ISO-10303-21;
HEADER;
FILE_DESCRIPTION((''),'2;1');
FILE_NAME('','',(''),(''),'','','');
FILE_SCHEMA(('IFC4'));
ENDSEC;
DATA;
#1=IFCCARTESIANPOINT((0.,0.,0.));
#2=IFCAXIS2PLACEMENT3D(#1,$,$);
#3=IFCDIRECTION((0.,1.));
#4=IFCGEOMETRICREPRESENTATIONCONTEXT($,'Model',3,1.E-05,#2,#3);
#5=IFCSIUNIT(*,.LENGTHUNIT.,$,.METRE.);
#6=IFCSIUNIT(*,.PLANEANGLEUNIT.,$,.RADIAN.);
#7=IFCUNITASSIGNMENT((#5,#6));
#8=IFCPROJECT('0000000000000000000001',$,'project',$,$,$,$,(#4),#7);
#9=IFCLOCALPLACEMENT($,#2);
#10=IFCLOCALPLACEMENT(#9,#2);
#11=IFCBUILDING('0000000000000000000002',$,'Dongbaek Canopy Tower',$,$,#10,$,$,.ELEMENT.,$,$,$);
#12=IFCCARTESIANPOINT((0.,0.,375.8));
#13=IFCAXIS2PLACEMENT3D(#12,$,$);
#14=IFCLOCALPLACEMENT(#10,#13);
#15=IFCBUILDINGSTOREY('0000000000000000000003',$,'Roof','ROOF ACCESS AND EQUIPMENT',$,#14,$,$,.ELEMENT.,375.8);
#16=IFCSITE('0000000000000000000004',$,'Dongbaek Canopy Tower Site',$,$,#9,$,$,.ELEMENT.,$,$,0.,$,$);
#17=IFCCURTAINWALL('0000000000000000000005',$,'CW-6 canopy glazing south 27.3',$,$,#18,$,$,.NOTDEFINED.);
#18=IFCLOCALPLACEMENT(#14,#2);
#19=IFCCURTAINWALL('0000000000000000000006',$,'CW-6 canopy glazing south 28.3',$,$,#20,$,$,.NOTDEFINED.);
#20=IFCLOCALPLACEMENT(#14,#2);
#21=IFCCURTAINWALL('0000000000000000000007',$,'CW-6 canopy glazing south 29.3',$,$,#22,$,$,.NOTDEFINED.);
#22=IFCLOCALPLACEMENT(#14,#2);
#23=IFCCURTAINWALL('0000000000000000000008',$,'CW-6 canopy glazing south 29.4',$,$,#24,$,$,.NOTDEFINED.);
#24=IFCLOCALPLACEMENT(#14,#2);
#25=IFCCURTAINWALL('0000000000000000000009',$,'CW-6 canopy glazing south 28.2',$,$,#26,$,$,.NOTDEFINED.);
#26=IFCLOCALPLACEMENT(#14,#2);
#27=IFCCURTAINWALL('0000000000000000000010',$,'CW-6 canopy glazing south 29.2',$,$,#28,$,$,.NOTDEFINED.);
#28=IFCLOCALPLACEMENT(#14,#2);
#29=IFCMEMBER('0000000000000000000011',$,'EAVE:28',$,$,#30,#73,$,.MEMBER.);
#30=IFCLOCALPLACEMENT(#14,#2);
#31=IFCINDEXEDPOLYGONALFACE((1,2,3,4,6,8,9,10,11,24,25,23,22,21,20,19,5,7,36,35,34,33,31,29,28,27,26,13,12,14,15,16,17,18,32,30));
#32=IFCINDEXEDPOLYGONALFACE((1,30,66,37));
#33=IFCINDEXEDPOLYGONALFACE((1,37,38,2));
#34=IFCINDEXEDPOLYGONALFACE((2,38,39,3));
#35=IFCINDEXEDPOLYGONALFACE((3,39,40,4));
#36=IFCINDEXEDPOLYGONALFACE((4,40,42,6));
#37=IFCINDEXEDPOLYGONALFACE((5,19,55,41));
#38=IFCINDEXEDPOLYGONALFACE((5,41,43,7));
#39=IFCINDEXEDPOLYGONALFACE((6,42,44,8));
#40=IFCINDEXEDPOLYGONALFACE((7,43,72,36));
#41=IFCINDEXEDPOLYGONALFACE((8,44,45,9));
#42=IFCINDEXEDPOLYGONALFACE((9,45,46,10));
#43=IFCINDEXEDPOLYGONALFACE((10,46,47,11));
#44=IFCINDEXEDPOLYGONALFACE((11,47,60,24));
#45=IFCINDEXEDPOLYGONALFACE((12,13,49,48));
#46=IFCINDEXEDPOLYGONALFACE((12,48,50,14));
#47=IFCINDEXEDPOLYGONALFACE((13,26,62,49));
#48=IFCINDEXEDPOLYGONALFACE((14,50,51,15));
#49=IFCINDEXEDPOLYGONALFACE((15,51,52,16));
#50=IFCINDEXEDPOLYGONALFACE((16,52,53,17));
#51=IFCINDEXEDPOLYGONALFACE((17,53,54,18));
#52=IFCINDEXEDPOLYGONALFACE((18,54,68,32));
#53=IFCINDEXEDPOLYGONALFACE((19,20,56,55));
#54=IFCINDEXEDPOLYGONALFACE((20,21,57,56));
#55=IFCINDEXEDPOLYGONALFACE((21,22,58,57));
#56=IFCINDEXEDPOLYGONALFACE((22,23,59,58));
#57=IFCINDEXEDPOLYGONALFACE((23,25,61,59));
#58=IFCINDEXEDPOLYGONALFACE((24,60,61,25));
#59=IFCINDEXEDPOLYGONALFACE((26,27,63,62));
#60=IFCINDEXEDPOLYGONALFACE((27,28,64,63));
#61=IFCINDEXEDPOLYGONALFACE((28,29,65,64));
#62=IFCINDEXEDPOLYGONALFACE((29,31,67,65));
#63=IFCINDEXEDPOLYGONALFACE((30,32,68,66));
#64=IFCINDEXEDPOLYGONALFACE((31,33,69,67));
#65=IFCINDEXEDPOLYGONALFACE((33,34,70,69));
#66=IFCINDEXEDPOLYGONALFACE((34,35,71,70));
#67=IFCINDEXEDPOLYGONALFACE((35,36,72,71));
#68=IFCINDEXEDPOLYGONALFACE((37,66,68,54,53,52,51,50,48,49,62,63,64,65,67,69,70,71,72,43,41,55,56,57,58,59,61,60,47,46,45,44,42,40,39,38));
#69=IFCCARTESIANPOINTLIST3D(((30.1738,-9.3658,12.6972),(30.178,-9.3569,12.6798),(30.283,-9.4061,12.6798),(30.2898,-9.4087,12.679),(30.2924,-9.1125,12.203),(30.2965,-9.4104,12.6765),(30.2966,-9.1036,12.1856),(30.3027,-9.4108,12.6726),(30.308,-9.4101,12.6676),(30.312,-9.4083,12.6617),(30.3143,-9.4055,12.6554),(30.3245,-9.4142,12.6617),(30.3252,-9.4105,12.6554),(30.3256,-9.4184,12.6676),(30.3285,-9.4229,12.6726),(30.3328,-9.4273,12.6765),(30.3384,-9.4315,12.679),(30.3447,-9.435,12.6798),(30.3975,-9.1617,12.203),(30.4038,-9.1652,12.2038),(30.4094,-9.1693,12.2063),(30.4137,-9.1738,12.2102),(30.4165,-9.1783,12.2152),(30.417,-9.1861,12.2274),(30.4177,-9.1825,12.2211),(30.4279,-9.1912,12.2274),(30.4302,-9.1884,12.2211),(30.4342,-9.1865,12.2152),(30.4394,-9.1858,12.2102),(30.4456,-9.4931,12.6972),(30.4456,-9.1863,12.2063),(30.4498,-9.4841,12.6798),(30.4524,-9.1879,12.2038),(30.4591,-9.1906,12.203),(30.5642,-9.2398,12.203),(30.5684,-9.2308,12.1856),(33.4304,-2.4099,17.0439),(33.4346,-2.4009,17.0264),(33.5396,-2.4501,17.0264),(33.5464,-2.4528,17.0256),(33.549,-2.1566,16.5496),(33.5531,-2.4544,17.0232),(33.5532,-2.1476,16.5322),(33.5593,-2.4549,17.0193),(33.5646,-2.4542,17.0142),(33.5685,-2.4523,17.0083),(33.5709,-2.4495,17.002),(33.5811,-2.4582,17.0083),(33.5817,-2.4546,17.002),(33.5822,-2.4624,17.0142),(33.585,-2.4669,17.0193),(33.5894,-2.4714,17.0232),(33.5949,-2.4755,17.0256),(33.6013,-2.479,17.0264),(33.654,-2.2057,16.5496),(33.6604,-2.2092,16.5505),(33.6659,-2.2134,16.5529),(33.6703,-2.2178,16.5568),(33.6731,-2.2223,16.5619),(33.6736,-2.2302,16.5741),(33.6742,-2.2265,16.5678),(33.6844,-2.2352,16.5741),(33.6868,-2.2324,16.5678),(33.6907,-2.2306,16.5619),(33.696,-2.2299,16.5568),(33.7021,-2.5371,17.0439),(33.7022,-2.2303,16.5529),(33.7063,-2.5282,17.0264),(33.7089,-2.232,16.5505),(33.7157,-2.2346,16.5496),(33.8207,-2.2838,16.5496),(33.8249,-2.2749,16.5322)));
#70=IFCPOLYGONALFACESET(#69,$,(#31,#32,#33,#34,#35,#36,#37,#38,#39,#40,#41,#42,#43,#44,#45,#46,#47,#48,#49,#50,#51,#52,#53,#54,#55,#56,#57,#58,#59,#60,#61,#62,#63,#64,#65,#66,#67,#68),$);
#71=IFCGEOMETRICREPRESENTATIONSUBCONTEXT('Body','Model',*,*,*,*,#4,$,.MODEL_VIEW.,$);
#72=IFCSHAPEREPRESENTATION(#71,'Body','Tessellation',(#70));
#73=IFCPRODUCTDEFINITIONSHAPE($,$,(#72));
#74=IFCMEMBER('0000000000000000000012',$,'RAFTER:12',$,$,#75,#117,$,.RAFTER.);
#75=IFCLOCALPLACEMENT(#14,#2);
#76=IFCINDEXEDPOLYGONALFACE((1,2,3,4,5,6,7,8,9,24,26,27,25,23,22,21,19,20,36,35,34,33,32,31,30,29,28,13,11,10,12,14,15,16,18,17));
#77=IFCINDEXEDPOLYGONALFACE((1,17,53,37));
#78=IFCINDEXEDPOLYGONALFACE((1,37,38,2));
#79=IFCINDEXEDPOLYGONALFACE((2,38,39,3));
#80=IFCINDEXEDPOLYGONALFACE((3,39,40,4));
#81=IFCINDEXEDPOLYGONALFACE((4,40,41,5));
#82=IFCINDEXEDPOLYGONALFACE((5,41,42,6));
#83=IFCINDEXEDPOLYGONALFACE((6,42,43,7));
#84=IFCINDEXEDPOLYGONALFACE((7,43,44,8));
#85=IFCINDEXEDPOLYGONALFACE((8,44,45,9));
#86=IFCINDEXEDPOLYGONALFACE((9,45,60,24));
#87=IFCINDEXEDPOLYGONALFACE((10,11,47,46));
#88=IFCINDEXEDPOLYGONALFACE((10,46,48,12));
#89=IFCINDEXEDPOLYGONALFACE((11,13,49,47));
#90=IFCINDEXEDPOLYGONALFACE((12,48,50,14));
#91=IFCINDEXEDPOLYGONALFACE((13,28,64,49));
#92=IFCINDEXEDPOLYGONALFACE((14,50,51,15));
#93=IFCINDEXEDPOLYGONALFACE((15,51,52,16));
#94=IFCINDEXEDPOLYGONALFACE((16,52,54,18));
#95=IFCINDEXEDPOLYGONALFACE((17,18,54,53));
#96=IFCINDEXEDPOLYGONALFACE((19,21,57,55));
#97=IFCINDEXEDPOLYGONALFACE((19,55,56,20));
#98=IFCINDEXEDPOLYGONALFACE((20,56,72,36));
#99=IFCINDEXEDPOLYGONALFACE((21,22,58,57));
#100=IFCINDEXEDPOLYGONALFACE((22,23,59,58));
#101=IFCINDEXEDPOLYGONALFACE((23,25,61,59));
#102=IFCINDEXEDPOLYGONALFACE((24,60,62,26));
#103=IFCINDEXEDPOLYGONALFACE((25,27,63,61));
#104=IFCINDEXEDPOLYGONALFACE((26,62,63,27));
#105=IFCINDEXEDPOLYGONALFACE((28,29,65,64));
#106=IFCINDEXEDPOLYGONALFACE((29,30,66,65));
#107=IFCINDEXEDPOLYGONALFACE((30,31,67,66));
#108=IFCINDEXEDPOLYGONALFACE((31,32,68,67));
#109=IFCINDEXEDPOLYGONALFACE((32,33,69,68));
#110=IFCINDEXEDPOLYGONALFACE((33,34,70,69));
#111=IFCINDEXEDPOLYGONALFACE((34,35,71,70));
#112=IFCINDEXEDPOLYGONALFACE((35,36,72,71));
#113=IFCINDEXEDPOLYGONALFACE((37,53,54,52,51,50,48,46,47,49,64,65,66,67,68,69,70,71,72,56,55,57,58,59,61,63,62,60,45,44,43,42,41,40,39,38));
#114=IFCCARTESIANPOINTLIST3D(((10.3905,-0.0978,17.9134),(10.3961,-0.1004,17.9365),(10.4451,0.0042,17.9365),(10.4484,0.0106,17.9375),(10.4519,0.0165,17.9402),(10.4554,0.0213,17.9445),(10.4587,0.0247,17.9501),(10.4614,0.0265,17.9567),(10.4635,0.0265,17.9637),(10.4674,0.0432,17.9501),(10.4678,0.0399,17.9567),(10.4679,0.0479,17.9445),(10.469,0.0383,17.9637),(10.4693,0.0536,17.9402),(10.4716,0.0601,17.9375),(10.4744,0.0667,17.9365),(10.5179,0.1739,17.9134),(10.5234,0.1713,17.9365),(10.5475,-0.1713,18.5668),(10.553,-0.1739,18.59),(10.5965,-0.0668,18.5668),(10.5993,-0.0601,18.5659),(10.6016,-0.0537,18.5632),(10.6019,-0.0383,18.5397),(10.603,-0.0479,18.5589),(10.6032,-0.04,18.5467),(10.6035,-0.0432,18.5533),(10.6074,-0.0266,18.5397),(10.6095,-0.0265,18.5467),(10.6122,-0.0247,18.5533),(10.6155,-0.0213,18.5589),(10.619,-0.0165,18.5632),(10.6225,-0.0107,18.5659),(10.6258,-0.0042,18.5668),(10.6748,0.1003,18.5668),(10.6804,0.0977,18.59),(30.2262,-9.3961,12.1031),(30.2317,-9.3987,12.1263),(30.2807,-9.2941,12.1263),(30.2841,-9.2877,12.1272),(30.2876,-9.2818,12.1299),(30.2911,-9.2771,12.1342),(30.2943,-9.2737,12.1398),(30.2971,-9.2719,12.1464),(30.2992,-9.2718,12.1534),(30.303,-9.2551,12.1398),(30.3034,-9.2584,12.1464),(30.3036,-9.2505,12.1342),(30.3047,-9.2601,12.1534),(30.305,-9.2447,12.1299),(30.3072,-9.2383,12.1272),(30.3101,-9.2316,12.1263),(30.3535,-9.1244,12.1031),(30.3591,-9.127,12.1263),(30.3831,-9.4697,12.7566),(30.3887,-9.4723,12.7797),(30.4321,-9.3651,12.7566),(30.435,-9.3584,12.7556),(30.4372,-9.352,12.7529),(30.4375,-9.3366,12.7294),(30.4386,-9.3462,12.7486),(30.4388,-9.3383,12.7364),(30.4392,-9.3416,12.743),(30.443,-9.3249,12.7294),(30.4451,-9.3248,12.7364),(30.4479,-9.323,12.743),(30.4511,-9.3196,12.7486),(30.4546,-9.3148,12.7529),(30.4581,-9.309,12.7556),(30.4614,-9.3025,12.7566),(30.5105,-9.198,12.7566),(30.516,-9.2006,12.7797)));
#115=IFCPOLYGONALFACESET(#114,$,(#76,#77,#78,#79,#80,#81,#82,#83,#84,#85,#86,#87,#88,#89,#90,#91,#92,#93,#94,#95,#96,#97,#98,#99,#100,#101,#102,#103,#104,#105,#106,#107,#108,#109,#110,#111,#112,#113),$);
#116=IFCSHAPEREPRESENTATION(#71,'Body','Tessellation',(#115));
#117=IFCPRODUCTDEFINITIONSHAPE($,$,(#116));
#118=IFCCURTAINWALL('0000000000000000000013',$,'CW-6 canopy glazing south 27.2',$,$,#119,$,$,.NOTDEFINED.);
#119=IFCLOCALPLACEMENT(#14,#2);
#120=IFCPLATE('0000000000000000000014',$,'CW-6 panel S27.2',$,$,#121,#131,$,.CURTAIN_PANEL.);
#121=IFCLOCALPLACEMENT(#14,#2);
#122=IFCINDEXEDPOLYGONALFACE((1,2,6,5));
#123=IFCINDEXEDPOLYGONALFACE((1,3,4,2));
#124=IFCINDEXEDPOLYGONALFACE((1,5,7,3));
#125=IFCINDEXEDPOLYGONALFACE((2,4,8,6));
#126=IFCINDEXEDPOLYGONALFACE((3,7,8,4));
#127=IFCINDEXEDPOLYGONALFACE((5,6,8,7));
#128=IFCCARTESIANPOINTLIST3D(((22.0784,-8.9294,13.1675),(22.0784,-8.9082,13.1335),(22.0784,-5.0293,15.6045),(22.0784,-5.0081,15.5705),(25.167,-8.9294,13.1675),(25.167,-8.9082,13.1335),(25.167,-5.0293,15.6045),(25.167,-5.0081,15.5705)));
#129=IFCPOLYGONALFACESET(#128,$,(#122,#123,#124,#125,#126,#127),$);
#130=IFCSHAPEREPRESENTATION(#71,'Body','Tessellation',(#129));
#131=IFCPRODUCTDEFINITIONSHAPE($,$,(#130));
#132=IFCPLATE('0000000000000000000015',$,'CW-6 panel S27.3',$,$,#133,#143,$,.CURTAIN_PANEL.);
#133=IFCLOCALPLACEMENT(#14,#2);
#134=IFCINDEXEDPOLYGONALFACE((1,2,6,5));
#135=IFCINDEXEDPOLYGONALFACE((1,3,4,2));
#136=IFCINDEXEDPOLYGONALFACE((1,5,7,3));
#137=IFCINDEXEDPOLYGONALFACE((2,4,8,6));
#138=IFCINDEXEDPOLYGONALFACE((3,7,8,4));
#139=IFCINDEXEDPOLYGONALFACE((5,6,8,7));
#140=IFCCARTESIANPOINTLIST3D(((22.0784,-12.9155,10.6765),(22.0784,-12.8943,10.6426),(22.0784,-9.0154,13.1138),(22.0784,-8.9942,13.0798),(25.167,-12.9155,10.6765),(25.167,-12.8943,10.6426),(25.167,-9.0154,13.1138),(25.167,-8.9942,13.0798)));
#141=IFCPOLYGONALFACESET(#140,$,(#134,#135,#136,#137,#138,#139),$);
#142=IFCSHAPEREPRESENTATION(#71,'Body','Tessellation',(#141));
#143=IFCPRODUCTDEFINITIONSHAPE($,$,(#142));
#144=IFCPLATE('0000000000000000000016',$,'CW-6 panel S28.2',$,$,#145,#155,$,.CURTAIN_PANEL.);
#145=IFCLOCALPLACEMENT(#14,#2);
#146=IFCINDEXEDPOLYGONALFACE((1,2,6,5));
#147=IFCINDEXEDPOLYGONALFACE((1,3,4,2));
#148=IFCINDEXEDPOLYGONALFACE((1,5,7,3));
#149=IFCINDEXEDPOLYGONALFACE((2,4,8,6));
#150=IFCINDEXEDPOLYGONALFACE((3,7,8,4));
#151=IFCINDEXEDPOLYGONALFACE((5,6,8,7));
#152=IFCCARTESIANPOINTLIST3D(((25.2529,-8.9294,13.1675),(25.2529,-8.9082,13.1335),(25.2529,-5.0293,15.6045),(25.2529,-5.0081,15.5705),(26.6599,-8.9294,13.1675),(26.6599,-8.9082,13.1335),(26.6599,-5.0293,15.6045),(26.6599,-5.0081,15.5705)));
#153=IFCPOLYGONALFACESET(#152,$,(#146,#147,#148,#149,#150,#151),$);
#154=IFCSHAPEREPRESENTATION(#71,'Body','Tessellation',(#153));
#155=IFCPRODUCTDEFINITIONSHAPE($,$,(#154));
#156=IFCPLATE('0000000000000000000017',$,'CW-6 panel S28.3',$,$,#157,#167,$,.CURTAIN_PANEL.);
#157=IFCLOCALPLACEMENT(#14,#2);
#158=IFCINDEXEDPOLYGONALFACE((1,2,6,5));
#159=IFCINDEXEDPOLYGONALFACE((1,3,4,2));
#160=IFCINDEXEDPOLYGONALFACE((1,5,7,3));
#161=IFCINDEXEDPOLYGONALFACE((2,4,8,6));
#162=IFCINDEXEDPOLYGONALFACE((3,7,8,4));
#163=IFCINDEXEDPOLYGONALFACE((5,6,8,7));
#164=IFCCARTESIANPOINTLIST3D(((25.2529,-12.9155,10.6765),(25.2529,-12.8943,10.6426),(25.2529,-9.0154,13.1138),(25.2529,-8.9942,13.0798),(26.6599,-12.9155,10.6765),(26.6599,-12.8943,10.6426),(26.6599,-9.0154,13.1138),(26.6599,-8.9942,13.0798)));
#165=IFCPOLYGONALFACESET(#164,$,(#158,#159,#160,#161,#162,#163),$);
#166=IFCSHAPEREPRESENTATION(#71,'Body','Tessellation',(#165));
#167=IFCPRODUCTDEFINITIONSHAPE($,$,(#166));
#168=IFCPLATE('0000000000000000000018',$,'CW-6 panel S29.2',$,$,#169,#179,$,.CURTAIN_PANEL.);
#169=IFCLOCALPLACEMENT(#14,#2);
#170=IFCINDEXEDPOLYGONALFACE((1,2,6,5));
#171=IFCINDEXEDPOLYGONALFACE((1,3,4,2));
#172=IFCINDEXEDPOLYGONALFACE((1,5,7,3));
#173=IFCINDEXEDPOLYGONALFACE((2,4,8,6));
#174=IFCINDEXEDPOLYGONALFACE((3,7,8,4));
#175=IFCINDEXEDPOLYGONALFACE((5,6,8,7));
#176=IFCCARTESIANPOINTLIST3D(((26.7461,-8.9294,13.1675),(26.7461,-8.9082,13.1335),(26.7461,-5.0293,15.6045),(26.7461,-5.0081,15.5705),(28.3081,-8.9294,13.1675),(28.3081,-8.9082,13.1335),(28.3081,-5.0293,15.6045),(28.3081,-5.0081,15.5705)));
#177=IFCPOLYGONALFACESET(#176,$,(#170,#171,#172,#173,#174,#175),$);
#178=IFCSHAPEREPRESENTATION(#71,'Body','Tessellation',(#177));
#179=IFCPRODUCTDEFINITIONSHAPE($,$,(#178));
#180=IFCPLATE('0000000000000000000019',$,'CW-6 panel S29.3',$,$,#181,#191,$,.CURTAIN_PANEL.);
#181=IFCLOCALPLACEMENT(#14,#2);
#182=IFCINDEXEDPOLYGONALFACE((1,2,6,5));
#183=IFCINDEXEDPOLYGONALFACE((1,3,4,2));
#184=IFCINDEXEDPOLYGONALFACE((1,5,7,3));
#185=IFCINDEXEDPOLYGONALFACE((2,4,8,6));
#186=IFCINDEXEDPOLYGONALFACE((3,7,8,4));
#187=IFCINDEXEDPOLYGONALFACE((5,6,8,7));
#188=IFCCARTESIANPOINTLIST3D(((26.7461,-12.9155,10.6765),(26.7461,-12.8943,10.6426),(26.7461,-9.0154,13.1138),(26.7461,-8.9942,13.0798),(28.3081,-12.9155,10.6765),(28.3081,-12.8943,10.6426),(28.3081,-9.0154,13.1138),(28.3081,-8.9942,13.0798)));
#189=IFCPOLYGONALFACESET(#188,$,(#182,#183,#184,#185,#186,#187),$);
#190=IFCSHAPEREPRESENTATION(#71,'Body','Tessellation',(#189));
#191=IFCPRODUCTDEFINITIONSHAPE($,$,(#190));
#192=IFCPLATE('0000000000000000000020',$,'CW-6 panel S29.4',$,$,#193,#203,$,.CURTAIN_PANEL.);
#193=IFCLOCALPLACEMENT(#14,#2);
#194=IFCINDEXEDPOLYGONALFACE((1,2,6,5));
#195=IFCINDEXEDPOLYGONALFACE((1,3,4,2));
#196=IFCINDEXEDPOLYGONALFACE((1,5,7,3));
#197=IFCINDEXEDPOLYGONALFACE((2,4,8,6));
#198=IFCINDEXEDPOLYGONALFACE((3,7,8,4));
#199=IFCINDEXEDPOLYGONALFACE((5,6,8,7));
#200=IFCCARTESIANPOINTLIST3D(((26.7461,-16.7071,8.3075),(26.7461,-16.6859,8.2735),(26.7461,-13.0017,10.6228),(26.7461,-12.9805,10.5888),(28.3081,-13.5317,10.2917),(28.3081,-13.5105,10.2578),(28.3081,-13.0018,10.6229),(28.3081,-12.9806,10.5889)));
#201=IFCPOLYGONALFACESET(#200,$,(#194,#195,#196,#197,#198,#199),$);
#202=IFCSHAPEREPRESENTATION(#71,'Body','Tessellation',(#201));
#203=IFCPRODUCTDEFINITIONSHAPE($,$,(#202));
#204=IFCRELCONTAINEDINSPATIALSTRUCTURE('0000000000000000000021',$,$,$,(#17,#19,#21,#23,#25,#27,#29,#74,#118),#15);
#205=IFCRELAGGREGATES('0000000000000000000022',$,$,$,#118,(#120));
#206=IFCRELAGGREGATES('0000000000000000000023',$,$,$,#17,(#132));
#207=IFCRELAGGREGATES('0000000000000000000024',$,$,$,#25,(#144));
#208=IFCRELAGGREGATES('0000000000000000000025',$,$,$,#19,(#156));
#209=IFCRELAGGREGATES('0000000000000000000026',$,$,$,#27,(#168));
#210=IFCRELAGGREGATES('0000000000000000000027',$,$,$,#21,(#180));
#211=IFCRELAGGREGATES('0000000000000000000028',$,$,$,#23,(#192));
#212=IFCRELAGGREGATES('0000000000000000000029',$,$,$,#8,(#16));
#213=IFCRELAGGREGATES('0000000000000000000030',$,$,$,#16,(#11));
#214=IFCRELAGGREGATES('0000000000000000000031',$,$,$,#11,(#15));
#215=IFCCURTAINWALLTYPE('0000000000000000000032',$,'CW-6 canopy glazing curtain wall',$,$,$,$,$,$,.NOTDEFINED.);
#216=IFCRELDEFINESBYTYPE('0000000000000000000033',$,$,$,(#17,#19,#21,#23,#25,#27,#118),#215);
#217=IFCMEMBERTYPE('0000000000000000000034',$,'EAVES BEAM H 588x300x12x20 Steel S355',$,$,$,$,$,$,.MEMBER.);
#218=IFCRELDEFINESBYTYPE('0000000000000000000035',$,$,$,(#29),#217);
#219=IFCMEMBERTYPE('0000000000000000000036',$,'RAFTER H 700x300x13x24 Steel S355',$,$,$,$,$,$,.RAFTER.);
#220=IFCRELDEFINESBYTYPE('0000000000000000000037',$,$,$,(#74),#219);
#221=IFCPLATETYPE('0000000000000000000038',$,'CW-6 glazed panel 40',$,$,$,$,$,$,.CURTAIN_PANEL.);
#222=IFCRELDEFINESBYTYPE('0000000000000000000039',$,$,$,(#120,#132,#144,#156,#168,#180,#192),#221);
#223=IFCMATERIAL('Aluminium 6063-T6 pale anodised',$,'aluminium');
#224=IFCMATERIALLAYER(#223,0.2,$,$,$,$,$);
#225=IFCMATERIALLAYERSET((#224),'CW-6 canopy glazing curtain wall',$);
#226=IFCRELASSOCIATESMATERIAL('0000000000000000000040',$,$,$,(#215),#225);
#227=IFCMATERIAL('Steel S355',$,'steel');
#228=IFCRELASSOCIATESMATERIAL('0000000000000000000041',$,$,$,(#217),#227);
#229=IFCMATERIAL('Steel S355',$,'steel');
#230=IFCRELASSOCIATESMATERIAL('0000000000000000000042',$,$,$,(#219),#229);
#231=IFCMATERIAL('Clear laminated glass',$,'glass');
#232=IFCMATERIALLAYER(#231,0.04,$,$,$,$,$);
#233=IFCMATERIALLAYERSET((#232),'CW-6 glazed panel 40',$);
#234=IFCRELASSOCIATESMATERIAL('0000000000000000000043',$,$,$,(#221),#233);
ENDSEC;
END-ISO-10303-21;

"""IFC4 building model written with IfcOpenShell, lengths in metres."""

from ifc_helpers import new_model, si_unit, direction, frame, origin, origin_2d, place, context, subcontext, project, spatial, polyline, i_section, outline, extrude, material, layer, layer_set, material_profile, profile_set, type_object, element, aggregate, save


model = new_model("IFC4")

# Units and contexts
model_context = context("Model", 3, precision=1e-05, world=origin(), true_north=direction((0.0, 1.0)))
body_context = subcontext(model_context, "Body", "Model", "MODEL_VIEW")
ifc_project = project(units=[si_unit("LENGTHUNIT", "METRE"), si_unit("PLANEANGLEUNIT", "RADIAN")], contexts=[model_context])

# Site, building, storey
site_placement = place(None, origin())
site = spatial("IfcSite", under=ifc_project, at=site_placement, Name="Dongbaek Canopy Tower Site", CompositionType="ELEMENT", RefElevation=0.0)
building_placement = place(site_placement, origin())
building = spatial("IfcBuilding", under=site, at=building_placement, Name="Dongbaek Canopy Tower", CompositionType="ELEMENT")
storey_placement = place(building_placement, frame((0.0, 0.0, 375.8)))
storey = spatial("IfcBuildingStorey", under=building, at=storey_placement, Name="Roof", Description="ROOF ACCESS AND EQUIPMENT", CompositionType="ELEMENT", Elevation=375.8)

# Curtain walls
ifc_material_1 = material(Name="Aluminium 6063-T6 pale anodised", Category="aluminium")
ifc_layer_1 = layer(ifc_material_1, 0.2)
ifc_layer_set_1 = layer_set([ifc_layer_1], Name="CW-6 canopy glazing curtain wall")
curtain_wall_type = type_object("IfcCurtainWallType", Name="CW-6 canopy glazing curtain wall", PredefinedType="NOTDEFINED", material=ifc_layer_set_1)
curtain_wall_1_placement = place(storey_placement, origin())
curtain_wall_1 = element("IfcCurtainWall", 1, at=curtain_wall_1_placement, inside=storey, type_object=curtain_wall_type, Name="CW-6 canopy glazing south 27.3", PredefinedType="NOTDEFINED")
curtain_wall_2_placement = place(storey_placement, origin())
curtain_wall_2 = element("IfcCurtainWall", 2, at=curtain_wall_2_placement, inside=storey, type_object=curtain_wall_type, Name="CW-6 canopy glazing south 28.3", PredefinedType="NOTDEFINED")
curtain_wall_3_placement = place(storey_placement, origin())
curtain_wall_3 = element("IfcCurtainWall", 3, at=curtain_wall_3_placement, inside=storey, type_object=curtain_wall_type, Name="CW-6 canopy glazing south 29.3", PredefinedType="NOTDEFINED")
curtain_wall_4_placement = place(storey_placement, origin())
curtain_wall_4 = element("IfcCurtainWall", 4, at=curtain_wall_4_placement, inside=storey, type_object=curtain_wall_type, Name="CW-6 canopy glazing south 29.4", PredefinedType="NOTDEFINED")
curtain_wall_5_placement = place(storey_placement, origin())
curtain_wall_5 = element("IfcCurtainWall", 5, at=curtain_wall_5_placement, inside=storey, type_object=curtain_wall_type, Name="CW-6 canopy glazing south 28.2", PredefinedType="NOTDEFINED")

# Curtain wall
curtain_wall_6_placement = place(storey_placement, origin())
curtain_wall_6 = element("IfcCurtainWall", 6, at=curtain_wall_6_placement, inside=storey, type_object=curtain_wall_type, Name="CW-6 canopy glazing south 29.2", PredefinedType="NOTDEFINED")

# Members
ifc_material_2 = material(Name="Steel S355", Category="steel")
ifc_material_profile_1 = material_profile(ifc_material_2, i_section(OverallWidth=0.3, OverallDepth=0.5879, WebThickness=0.012, FlangeThickness=0.02, FilletRadius=0.0281, at=origin_2d()), Name="EAVES BEAM H 588x300x12x20 Steel S355")
ifc_profile_set_1 = profile_set([ifc_material_profile_1], Name="Steel S355")
member_type_1 = type_object("IfcMemberType", Name="EAVES BEAM H 588x300x12x20 Steel S355", PredefinedType="MEMBER", material=ifc_profile_set_1)
member_1_placement = place(storey_placement, frame((30.3711, -9.2983, 12.4414), z_axis=(0.369007, 0.788196, 0.492526), x_axis=(-0.905662, 0.424001, 0.0)))
element("IfcMember", 7, at=member_1_placement, inside=storey, type_object=member_type_1, Name="EAVE:28", PredefinedType="MEMBER", context=body_context, shape_type="SweptSolid", body=[
    extrude(i_section(OverallWidth=0.3, OverallDepth=0.5879, WebThickness=0.012, FlangeThickness=0.02, FilletRadius=0.0281, at=origin_2d()), origin(), (0.0, 0.0, 1.0), 8.8252),
])
ifc_material_3 = material(Name="Steel S355", Category="steel")
ifc_material_profile_2 = material_profile(ifc_material_3, i_section(OverallWidth=0.3, OverallDepth=0.7, WebThickness=0.0129, FlangeThickness=0.0239, FilletRadius=0.0281, at=origin_2d()), Name="RAFTER H 700x300x13x24 Steel S355")
ifc_profile_set_2 = profile_set([ifc_material_profile_2], Name="Steel S355")
member_type_2 = type_object("IfcMemberType", Name="RAFTER H 700x300x13x24 Steel S355", PredefinedType="RAFTER", material=ifc_profile_set_2)
member_2_placement = place(storey_placement, frame((30.3711, -9.2983, 12.4414), z_axis=(-0.875193, 0.410263, 0.256363), x_axis=(-0.424447, -0.905453, 0.0)))
element("IfcMember", 8, at=member_2_placement, inside=storey, type_object=member_type_2, Name="RAFTER:12", PredefinedType="RAFTER", context=body_context, shape_type="SweptSolid", body=[
    extrude(i_section(OverallWidth=0.3, OverallDepth=0.7, WebThickness=0.0129, FlangeThickness=0.0239, FilletRadius=0.0281, at=origin_2d()), origin(), (0.0, 0.0, 1.0), 22.6643),
])

# Curtain wall, plate
curtain_wall_7_placement = place(storey_placement, origin())
curtain_wall_7 = element("IfcCurtainWall", 9, at=curtain_wall_7_placement, inside=storey, type_object=curtain_wall_type, Name="CW-6 canopy glazing south 27.2", PredefinedType="NOTDEFINED")
ifc_material_4 = material(Name="Clear laminated glass", Category="glass")
ifc_layer_2 = layer(ifc_material_4, 0.04)
ifc_layer_set_2 = layer_set([ifc_layer_2], Name="CW-6 glazed panel 40")
plate_type = type_object("IfcPlateType", Name="CW-6 glazed panel 40", PredefinedType="CURTAIN_PANEL", material=ifc_layer_set_2)
plate_1_placement = place(storey_placement, frame((25.167, -8.9294, 13.1675), z_axis=(0.0, -0.529908, 0.848055), x_axis=(-1.0, 0.0, 0.0)))
plate_1 = element("IfcPlate", 10, at=plate_1_placement, type_object=plate_type, Name="CW-6 panel S27.2", PredefinedType="CURTAIN_PANEL", context=body_context, shape_type="SweptSolid", body=[
    extrude(outline(polyline([(0.0, 0.0), (3.0886, 0.0), (3.0886, -4.5989), (0.0, -4.5989), (0.0, 0.0)])), origin(), (0.0, 0.0, -1.0), 0.04),
])
aggregate(curtain_wall_7, [plate_1])

# Plates
plate_2_placement = place(storey_placement, frame((25.167, -12.9155, 10.6765), z_axis=(0.0, -0.529946, 0.848031), x_axis=(-1.0, 0.0, 0.0)))
plate_2 = element("IfcPlate", 11, at=plate_2_placement, type_object=plate_type, Name="CW-6 panel S27.3", PredefinedType="CURTAIN_PANEL", context=body_context, shape_type="SweptSolid", body=[
    extrude(outline(polyline([(0.0, 0.0), (3.0886, 0.0), (3.0886, -4.5991), (0.0, -4.5991), (0.0, 0.0)])), origin(), (0.0, 0.0, -1.0), 0.04),
])
aggregate(curtain_wall_1, [plate_2])
plate_3_placement = place(storey_placement, frame((26.6599, -8.9294, 13.1675), z_axis=(0.0, -0.529908, 0.848055), x_axis=(-1.0, 0.0, 0.0)))
plate_3 = element("IfcPlate", 12, at=plate_3_placement, type_object=plate_type, Name="CW-6 panel S28.2", PredefinedType="CURTAIN_PANEL", context=body_context, shape_type="SweptSolid", body=[
    extrude(outline(polyline([(0.0, 0.0), (1.407, 0.0), (1.407, -4.5989), (0.0, -4.5989), (0.0, 0.0)])), origin(), (0.0, 0.0, -1.0), 0.04),
])
aggregate(curtain_wall_5, [plate_3])
plate_4_placement = place(storey_placement, frame((26.6599, -12.9155, 10.6765), z_axis=(0.0, -0.529946, 0.848031), x_axis=(-1.0, 0.0, 0.0)))
plate_4 = element("IfcPlate", 13, at=plate_4_placement, type_object=plate_type, Name="CW-6 panel S28.3", PredefinedType="CURTAIN_PANEL", context=body_context, shape_type="SweptSolid", body=[
    extrude(outline(polyline([(0.0, 0.0), (1.407, 0.0), (1.407, -4.5991), (0.0, -4.5991), (0.0, 0.0)])), origin(), (0.0, 0.0, -1.0), 0.04),
])
aggregate(curtain_wall_2, [plate_4])
plate_5_placement = place(storey_placement, frame((28.3081, -8.9294, 13.1675), z_axis=(0.0, -0.529908, 0.848055), x_axis=(-1.0, 0.0, 0.0)))
plate_5 = element("IfcPlate", 14, at=plate_5_placement, type_object=plate_type, Name="CW-6 panel S29.2", PredefinedType="CURTAIN_PANEL", context=body_context, shape_type="SweptSolid", body=[
    extrude(outline(polyline([(0.0, 0.0), (1.562, 0.0), (1.562, -4.5989), (0.0, -4.5989), (0.0, 0.0)])), origin(), (0.0, 0.0, -1.0), 0.04),
])
aggregate(curtain_wall_6, [plate_5])
plate_6_placement = place(storey_placement, frame((28.3081, -12.9155, 10.6765), z_axis=(0.0, -0.529946, 0.848031), x_axis=(-1.0, 0.0, 0.0)))
plate_6 = element("IfcPlate", 15, at=plate_6_placement, type_object=plate_type, Name="CW-6 panel S29.3", PredefinedType="CURTAIN_PANEL", context=body_context, shape_type="SweptSolid", body=[
    extrude(outline(polyline([(0.0, 0.0), (1.562, 0.0), (1.562, -4.5991), (0.0, -4.5991), (0.0, 0.0)])), origin(), (0.0, 0.0, -1.0), 0.04),
])
aggregate(curtain_wall_3, [plate_6])
plate_7_placement = place(storey_placement, frame((28.3081, -13.5317, 10.2917), z_axis=(-0.000075, -0.529911, 0.848053), x_axis=(-0.385006, -0.782665, -0.489087)))
plate_7 = element("IfcPlate", 16, at=plate_7_placement, type_object=plate_type, Name="CW-6 panel S29.4", PredefinedType="CURTAIN_PANEL", context=body_context, shape_type="SweptSolid", body=[
    extrude(outline(polyline([(0.0, 0.0), (4.0571, 0.0), (0.0246, -1.6822), (-0.5767, -0.2406), (0.0, 0.0)])), origin(), (0.0, 0.0, -1.0), 0.04),
])
aggregate(curtain_wall_4, [plate_7])

save(model, "model.ifc")
